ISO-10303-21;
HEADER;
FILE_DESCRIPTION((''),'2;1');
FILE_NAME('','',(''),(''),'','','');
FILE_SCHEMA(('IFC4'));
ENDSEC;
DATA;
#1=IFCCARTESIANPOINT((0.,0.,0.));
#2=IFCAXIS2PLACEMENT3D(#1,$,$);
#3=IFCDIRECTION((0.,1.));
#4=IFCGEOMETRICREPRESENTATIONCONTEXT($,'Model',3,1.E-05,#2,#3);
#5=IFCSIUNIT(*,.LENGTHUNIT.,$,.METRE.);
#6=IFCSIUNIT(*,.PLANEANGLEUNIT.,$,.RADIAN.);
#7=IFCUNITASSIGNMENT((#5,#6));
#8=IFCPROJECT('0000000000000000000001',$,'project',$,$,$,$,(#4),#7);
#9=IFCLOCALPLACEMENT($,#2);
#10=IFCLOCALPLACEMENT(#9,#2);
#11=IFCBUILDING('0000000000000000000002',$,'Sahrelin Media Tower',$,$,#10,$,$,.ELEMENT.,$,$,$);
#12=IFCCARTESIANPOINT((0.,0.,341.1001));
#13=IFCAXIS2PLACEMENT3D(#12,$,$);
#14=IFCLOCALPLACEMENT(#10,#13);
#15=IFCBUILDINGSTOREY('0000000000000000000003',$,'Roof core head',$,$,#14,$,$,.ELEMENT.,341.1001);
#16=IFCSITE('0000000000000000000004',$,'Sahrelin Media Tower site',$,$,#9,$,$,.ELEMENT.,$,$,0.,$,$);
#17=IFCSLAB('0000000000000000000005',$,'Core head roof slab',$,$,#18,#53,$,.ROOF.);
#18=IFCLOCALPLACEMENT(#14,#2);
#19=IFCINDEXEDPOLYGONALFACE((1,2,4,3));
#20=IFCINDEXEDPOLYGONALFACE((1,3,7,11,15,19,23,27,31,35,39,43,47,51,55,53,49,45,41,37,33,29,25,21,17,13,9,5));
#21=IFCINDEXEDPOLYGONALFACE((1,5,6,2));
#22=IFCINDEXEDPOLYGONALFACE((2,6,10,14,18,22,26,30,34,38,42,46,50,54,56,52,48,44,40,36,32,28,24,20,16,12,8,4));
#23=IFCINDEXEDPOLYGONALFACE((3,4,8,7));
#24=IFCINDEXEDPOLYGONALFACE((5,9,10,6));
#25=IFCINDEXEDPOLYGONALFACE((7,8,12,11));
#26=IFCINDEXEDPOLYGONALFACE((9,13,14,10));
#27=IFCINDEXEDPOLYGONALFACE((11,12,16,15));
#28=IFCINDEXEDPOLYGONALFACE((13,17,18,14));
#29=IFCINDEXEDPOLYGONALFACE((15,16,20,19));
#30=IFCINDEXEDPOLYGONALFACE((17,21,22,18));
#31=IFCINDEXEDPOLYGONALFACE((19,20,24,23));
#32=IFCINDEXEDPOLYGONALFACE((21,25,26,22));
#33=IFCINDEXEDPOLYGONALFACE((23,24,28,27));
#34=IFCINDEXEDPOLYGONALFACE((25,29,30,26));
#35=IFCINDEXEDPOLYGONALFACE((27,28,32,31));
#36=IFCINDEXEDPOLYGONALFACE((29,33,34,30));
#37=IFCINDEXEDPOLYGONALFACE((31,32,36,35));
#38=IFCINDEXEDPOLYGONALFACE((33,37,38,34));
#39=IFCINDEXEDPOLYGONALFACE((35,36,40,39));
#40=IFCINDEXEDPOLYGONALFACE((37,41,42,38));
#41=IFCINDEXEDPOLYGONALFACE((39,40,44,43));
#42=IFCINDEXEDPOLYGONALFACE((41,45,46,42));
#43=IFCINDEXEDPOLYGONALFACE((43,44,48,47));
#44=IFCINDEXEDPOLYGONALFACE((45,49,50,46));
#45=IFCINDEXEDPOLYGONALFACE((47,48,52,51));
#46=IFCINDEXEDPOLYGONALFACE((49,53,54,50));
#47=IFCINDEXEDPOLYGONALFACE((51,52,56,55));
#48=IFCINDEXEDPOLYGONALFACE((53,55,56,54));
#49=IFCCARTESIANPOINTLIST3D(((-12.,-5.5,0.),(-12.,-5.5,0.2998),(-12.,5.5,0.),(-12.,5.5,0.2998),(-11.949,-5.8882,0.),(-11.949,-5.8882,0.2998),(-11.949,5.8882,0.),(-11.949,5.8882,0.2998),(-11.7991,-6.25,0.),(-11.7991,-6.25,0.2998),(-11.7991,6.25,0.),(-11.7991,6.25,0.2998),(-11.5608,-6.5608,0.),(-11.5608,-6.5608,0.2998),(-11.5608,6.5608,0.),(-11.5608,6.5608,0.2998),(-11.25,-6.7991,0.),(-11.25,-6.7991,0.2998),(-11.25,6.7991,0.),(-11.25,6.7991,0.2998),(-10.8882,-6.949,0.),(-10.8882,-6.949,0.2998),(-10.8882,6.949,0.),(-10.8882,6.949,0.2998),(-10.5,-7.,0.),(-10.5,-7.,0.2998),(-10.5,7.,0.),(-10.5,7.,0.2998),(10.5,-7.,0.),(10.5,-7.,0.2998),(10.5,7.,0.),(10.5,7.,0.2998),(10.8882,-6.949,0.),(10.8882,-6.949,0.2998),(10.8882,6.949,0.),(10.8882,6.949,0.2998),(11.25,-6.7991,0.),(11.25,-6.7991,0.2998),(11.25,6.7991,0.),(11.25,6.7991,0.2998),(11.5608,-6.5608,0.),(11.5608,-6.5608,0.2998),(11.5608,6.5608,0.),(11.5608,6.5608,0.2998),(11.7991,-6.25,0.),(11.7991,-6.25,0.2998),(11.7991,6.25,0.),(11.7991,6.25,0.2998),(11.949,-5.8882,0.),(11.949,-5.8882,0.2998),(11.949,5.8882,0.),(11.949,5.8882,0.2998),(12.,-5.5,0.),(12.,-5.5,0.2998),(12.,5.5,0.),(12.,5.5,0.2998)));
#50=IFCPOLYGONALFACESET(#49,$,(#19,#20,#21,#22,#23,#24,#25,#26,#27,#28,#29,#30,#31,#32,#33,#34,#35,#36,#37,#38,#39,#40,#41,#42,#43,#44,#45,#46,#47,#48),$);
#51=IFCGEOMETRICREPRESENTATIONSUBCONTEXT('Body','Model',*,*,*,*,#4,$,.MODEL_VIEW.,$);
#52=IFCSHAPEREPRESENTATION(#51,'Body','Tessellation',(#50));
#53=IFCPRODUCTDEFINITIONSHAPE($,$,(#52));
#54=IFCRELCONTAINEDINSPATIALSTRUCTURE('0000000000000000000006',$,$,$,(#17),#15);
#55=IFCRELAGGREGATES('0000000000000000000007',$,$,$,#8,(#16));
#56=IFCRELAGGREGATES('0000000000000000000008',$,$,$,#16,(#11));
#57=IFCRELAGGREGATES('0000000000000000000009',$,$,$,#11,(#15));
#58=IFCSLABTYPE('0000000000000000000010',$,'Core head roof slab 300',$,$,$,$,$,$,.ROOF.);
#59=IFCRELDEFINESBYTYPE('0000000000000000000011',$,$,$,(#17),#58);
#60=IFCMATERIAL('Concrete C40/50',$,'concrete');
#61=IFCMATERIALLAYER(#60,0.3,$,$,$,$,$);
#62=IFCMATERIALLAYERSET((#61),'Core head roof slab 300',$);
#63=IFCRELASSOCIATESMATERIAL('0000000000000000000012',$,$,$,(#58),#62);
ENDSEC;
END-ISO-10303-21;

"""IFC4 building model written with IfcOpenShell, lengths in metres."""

from ifc_helpers import new_model, si_unit, direction, frame, origin, place, context, subcontext, project, spatial, polyline, outline, extrude, material, layer, layer_set, type_object, element, save


model = new_model("IFC4")

# Units and contexts
model_context = context("Model", 3, precision=1e-05, world=origin(), true_north=direction((0.0, 1.0)))
body_context = subcontext(model_context, "Body", "Model", "MODEL_VIEW")
ifc_project = project(units=[si_unit("LENGTHUNIT", "METRE"), si_unit("PLANEANGLEUNIT", "RADIAN")], contexts=[model_context])

# Site, building, storey
site_placement = place(None, origin())
site = spatial("IfcSite", under=ifc_project, at=site_placement, Name="Sahrelin Media Tower site", CompositionType="ELEMENT", RefElevation=0.0)
building_placement = place(site_placement, origin())
building = spatial("IfcBuilding", under=site, at=building_placement, Name="Sahrelin Media Tower", CompositionType="ELEMENT")
storey_placement = place(building_placement, frame((0.0, 0.0, 341.1001)))
storey = spatial("IfcBuildingStorey", under=building, at=storey_placement, Name="Roof core head", CompositionType="ELEMENT", Elevation=341.1001)

# Slab
ifc_material = material(Name="Concrete C40/50", Category="concrete")
ifc_layer = layer(ifc_material, 0.3)
ifc_layer_set = layer_set([ifc_layer], Name="Core head roof slab 300")
slab_type = type_object("IfcSlabType", Name="Core head roof slab 300", PredefinedType="ROOF", material=ifc_layer_set)
slab_placement = place(storey_placement, origin())
element("IfcSlab", 1, at=slab_placement, inside=storey, type_object=slab_type, Name="Core head roof slab", PredefinedType="ROOF", context=body_context, shape_type="SweptSolid", body=[
    extrude(outline(polyline([(12.0, 5.5), (11.949, 5.8882), (11.7991, 6.25), (11.5608, 6.5608), (11.25, 6.7991), (10.8882, 6.949), (10.5, 7.0), (-10.5, 7.0), (-10.8882, 6.949), (-11.25, 6.7991), (-11.5608, 6.5608), (-11.7991, 6.25), (-11.949, 5.8882), (-12.0, 5.5), (-12.0, -5.5), (-11.949, -5.8882), (-11.7991, -6.25), (-11.5608, -6.5608), (-11.25, -6.7991), (-10.8882, -6.949), (-10.5, -7.0), (10.5, -7.0), (10.8882, -6.949), (11.25, -6.7991), (11.5608, -6.5608), (11.7991, -6.25), (11.949, -5.8882), (12.0, -5.5), (12.0, 5.5)])), origin(), (0.0, 0.0, 1.0), 0.2998),
])

save(model, "model.ifc")
